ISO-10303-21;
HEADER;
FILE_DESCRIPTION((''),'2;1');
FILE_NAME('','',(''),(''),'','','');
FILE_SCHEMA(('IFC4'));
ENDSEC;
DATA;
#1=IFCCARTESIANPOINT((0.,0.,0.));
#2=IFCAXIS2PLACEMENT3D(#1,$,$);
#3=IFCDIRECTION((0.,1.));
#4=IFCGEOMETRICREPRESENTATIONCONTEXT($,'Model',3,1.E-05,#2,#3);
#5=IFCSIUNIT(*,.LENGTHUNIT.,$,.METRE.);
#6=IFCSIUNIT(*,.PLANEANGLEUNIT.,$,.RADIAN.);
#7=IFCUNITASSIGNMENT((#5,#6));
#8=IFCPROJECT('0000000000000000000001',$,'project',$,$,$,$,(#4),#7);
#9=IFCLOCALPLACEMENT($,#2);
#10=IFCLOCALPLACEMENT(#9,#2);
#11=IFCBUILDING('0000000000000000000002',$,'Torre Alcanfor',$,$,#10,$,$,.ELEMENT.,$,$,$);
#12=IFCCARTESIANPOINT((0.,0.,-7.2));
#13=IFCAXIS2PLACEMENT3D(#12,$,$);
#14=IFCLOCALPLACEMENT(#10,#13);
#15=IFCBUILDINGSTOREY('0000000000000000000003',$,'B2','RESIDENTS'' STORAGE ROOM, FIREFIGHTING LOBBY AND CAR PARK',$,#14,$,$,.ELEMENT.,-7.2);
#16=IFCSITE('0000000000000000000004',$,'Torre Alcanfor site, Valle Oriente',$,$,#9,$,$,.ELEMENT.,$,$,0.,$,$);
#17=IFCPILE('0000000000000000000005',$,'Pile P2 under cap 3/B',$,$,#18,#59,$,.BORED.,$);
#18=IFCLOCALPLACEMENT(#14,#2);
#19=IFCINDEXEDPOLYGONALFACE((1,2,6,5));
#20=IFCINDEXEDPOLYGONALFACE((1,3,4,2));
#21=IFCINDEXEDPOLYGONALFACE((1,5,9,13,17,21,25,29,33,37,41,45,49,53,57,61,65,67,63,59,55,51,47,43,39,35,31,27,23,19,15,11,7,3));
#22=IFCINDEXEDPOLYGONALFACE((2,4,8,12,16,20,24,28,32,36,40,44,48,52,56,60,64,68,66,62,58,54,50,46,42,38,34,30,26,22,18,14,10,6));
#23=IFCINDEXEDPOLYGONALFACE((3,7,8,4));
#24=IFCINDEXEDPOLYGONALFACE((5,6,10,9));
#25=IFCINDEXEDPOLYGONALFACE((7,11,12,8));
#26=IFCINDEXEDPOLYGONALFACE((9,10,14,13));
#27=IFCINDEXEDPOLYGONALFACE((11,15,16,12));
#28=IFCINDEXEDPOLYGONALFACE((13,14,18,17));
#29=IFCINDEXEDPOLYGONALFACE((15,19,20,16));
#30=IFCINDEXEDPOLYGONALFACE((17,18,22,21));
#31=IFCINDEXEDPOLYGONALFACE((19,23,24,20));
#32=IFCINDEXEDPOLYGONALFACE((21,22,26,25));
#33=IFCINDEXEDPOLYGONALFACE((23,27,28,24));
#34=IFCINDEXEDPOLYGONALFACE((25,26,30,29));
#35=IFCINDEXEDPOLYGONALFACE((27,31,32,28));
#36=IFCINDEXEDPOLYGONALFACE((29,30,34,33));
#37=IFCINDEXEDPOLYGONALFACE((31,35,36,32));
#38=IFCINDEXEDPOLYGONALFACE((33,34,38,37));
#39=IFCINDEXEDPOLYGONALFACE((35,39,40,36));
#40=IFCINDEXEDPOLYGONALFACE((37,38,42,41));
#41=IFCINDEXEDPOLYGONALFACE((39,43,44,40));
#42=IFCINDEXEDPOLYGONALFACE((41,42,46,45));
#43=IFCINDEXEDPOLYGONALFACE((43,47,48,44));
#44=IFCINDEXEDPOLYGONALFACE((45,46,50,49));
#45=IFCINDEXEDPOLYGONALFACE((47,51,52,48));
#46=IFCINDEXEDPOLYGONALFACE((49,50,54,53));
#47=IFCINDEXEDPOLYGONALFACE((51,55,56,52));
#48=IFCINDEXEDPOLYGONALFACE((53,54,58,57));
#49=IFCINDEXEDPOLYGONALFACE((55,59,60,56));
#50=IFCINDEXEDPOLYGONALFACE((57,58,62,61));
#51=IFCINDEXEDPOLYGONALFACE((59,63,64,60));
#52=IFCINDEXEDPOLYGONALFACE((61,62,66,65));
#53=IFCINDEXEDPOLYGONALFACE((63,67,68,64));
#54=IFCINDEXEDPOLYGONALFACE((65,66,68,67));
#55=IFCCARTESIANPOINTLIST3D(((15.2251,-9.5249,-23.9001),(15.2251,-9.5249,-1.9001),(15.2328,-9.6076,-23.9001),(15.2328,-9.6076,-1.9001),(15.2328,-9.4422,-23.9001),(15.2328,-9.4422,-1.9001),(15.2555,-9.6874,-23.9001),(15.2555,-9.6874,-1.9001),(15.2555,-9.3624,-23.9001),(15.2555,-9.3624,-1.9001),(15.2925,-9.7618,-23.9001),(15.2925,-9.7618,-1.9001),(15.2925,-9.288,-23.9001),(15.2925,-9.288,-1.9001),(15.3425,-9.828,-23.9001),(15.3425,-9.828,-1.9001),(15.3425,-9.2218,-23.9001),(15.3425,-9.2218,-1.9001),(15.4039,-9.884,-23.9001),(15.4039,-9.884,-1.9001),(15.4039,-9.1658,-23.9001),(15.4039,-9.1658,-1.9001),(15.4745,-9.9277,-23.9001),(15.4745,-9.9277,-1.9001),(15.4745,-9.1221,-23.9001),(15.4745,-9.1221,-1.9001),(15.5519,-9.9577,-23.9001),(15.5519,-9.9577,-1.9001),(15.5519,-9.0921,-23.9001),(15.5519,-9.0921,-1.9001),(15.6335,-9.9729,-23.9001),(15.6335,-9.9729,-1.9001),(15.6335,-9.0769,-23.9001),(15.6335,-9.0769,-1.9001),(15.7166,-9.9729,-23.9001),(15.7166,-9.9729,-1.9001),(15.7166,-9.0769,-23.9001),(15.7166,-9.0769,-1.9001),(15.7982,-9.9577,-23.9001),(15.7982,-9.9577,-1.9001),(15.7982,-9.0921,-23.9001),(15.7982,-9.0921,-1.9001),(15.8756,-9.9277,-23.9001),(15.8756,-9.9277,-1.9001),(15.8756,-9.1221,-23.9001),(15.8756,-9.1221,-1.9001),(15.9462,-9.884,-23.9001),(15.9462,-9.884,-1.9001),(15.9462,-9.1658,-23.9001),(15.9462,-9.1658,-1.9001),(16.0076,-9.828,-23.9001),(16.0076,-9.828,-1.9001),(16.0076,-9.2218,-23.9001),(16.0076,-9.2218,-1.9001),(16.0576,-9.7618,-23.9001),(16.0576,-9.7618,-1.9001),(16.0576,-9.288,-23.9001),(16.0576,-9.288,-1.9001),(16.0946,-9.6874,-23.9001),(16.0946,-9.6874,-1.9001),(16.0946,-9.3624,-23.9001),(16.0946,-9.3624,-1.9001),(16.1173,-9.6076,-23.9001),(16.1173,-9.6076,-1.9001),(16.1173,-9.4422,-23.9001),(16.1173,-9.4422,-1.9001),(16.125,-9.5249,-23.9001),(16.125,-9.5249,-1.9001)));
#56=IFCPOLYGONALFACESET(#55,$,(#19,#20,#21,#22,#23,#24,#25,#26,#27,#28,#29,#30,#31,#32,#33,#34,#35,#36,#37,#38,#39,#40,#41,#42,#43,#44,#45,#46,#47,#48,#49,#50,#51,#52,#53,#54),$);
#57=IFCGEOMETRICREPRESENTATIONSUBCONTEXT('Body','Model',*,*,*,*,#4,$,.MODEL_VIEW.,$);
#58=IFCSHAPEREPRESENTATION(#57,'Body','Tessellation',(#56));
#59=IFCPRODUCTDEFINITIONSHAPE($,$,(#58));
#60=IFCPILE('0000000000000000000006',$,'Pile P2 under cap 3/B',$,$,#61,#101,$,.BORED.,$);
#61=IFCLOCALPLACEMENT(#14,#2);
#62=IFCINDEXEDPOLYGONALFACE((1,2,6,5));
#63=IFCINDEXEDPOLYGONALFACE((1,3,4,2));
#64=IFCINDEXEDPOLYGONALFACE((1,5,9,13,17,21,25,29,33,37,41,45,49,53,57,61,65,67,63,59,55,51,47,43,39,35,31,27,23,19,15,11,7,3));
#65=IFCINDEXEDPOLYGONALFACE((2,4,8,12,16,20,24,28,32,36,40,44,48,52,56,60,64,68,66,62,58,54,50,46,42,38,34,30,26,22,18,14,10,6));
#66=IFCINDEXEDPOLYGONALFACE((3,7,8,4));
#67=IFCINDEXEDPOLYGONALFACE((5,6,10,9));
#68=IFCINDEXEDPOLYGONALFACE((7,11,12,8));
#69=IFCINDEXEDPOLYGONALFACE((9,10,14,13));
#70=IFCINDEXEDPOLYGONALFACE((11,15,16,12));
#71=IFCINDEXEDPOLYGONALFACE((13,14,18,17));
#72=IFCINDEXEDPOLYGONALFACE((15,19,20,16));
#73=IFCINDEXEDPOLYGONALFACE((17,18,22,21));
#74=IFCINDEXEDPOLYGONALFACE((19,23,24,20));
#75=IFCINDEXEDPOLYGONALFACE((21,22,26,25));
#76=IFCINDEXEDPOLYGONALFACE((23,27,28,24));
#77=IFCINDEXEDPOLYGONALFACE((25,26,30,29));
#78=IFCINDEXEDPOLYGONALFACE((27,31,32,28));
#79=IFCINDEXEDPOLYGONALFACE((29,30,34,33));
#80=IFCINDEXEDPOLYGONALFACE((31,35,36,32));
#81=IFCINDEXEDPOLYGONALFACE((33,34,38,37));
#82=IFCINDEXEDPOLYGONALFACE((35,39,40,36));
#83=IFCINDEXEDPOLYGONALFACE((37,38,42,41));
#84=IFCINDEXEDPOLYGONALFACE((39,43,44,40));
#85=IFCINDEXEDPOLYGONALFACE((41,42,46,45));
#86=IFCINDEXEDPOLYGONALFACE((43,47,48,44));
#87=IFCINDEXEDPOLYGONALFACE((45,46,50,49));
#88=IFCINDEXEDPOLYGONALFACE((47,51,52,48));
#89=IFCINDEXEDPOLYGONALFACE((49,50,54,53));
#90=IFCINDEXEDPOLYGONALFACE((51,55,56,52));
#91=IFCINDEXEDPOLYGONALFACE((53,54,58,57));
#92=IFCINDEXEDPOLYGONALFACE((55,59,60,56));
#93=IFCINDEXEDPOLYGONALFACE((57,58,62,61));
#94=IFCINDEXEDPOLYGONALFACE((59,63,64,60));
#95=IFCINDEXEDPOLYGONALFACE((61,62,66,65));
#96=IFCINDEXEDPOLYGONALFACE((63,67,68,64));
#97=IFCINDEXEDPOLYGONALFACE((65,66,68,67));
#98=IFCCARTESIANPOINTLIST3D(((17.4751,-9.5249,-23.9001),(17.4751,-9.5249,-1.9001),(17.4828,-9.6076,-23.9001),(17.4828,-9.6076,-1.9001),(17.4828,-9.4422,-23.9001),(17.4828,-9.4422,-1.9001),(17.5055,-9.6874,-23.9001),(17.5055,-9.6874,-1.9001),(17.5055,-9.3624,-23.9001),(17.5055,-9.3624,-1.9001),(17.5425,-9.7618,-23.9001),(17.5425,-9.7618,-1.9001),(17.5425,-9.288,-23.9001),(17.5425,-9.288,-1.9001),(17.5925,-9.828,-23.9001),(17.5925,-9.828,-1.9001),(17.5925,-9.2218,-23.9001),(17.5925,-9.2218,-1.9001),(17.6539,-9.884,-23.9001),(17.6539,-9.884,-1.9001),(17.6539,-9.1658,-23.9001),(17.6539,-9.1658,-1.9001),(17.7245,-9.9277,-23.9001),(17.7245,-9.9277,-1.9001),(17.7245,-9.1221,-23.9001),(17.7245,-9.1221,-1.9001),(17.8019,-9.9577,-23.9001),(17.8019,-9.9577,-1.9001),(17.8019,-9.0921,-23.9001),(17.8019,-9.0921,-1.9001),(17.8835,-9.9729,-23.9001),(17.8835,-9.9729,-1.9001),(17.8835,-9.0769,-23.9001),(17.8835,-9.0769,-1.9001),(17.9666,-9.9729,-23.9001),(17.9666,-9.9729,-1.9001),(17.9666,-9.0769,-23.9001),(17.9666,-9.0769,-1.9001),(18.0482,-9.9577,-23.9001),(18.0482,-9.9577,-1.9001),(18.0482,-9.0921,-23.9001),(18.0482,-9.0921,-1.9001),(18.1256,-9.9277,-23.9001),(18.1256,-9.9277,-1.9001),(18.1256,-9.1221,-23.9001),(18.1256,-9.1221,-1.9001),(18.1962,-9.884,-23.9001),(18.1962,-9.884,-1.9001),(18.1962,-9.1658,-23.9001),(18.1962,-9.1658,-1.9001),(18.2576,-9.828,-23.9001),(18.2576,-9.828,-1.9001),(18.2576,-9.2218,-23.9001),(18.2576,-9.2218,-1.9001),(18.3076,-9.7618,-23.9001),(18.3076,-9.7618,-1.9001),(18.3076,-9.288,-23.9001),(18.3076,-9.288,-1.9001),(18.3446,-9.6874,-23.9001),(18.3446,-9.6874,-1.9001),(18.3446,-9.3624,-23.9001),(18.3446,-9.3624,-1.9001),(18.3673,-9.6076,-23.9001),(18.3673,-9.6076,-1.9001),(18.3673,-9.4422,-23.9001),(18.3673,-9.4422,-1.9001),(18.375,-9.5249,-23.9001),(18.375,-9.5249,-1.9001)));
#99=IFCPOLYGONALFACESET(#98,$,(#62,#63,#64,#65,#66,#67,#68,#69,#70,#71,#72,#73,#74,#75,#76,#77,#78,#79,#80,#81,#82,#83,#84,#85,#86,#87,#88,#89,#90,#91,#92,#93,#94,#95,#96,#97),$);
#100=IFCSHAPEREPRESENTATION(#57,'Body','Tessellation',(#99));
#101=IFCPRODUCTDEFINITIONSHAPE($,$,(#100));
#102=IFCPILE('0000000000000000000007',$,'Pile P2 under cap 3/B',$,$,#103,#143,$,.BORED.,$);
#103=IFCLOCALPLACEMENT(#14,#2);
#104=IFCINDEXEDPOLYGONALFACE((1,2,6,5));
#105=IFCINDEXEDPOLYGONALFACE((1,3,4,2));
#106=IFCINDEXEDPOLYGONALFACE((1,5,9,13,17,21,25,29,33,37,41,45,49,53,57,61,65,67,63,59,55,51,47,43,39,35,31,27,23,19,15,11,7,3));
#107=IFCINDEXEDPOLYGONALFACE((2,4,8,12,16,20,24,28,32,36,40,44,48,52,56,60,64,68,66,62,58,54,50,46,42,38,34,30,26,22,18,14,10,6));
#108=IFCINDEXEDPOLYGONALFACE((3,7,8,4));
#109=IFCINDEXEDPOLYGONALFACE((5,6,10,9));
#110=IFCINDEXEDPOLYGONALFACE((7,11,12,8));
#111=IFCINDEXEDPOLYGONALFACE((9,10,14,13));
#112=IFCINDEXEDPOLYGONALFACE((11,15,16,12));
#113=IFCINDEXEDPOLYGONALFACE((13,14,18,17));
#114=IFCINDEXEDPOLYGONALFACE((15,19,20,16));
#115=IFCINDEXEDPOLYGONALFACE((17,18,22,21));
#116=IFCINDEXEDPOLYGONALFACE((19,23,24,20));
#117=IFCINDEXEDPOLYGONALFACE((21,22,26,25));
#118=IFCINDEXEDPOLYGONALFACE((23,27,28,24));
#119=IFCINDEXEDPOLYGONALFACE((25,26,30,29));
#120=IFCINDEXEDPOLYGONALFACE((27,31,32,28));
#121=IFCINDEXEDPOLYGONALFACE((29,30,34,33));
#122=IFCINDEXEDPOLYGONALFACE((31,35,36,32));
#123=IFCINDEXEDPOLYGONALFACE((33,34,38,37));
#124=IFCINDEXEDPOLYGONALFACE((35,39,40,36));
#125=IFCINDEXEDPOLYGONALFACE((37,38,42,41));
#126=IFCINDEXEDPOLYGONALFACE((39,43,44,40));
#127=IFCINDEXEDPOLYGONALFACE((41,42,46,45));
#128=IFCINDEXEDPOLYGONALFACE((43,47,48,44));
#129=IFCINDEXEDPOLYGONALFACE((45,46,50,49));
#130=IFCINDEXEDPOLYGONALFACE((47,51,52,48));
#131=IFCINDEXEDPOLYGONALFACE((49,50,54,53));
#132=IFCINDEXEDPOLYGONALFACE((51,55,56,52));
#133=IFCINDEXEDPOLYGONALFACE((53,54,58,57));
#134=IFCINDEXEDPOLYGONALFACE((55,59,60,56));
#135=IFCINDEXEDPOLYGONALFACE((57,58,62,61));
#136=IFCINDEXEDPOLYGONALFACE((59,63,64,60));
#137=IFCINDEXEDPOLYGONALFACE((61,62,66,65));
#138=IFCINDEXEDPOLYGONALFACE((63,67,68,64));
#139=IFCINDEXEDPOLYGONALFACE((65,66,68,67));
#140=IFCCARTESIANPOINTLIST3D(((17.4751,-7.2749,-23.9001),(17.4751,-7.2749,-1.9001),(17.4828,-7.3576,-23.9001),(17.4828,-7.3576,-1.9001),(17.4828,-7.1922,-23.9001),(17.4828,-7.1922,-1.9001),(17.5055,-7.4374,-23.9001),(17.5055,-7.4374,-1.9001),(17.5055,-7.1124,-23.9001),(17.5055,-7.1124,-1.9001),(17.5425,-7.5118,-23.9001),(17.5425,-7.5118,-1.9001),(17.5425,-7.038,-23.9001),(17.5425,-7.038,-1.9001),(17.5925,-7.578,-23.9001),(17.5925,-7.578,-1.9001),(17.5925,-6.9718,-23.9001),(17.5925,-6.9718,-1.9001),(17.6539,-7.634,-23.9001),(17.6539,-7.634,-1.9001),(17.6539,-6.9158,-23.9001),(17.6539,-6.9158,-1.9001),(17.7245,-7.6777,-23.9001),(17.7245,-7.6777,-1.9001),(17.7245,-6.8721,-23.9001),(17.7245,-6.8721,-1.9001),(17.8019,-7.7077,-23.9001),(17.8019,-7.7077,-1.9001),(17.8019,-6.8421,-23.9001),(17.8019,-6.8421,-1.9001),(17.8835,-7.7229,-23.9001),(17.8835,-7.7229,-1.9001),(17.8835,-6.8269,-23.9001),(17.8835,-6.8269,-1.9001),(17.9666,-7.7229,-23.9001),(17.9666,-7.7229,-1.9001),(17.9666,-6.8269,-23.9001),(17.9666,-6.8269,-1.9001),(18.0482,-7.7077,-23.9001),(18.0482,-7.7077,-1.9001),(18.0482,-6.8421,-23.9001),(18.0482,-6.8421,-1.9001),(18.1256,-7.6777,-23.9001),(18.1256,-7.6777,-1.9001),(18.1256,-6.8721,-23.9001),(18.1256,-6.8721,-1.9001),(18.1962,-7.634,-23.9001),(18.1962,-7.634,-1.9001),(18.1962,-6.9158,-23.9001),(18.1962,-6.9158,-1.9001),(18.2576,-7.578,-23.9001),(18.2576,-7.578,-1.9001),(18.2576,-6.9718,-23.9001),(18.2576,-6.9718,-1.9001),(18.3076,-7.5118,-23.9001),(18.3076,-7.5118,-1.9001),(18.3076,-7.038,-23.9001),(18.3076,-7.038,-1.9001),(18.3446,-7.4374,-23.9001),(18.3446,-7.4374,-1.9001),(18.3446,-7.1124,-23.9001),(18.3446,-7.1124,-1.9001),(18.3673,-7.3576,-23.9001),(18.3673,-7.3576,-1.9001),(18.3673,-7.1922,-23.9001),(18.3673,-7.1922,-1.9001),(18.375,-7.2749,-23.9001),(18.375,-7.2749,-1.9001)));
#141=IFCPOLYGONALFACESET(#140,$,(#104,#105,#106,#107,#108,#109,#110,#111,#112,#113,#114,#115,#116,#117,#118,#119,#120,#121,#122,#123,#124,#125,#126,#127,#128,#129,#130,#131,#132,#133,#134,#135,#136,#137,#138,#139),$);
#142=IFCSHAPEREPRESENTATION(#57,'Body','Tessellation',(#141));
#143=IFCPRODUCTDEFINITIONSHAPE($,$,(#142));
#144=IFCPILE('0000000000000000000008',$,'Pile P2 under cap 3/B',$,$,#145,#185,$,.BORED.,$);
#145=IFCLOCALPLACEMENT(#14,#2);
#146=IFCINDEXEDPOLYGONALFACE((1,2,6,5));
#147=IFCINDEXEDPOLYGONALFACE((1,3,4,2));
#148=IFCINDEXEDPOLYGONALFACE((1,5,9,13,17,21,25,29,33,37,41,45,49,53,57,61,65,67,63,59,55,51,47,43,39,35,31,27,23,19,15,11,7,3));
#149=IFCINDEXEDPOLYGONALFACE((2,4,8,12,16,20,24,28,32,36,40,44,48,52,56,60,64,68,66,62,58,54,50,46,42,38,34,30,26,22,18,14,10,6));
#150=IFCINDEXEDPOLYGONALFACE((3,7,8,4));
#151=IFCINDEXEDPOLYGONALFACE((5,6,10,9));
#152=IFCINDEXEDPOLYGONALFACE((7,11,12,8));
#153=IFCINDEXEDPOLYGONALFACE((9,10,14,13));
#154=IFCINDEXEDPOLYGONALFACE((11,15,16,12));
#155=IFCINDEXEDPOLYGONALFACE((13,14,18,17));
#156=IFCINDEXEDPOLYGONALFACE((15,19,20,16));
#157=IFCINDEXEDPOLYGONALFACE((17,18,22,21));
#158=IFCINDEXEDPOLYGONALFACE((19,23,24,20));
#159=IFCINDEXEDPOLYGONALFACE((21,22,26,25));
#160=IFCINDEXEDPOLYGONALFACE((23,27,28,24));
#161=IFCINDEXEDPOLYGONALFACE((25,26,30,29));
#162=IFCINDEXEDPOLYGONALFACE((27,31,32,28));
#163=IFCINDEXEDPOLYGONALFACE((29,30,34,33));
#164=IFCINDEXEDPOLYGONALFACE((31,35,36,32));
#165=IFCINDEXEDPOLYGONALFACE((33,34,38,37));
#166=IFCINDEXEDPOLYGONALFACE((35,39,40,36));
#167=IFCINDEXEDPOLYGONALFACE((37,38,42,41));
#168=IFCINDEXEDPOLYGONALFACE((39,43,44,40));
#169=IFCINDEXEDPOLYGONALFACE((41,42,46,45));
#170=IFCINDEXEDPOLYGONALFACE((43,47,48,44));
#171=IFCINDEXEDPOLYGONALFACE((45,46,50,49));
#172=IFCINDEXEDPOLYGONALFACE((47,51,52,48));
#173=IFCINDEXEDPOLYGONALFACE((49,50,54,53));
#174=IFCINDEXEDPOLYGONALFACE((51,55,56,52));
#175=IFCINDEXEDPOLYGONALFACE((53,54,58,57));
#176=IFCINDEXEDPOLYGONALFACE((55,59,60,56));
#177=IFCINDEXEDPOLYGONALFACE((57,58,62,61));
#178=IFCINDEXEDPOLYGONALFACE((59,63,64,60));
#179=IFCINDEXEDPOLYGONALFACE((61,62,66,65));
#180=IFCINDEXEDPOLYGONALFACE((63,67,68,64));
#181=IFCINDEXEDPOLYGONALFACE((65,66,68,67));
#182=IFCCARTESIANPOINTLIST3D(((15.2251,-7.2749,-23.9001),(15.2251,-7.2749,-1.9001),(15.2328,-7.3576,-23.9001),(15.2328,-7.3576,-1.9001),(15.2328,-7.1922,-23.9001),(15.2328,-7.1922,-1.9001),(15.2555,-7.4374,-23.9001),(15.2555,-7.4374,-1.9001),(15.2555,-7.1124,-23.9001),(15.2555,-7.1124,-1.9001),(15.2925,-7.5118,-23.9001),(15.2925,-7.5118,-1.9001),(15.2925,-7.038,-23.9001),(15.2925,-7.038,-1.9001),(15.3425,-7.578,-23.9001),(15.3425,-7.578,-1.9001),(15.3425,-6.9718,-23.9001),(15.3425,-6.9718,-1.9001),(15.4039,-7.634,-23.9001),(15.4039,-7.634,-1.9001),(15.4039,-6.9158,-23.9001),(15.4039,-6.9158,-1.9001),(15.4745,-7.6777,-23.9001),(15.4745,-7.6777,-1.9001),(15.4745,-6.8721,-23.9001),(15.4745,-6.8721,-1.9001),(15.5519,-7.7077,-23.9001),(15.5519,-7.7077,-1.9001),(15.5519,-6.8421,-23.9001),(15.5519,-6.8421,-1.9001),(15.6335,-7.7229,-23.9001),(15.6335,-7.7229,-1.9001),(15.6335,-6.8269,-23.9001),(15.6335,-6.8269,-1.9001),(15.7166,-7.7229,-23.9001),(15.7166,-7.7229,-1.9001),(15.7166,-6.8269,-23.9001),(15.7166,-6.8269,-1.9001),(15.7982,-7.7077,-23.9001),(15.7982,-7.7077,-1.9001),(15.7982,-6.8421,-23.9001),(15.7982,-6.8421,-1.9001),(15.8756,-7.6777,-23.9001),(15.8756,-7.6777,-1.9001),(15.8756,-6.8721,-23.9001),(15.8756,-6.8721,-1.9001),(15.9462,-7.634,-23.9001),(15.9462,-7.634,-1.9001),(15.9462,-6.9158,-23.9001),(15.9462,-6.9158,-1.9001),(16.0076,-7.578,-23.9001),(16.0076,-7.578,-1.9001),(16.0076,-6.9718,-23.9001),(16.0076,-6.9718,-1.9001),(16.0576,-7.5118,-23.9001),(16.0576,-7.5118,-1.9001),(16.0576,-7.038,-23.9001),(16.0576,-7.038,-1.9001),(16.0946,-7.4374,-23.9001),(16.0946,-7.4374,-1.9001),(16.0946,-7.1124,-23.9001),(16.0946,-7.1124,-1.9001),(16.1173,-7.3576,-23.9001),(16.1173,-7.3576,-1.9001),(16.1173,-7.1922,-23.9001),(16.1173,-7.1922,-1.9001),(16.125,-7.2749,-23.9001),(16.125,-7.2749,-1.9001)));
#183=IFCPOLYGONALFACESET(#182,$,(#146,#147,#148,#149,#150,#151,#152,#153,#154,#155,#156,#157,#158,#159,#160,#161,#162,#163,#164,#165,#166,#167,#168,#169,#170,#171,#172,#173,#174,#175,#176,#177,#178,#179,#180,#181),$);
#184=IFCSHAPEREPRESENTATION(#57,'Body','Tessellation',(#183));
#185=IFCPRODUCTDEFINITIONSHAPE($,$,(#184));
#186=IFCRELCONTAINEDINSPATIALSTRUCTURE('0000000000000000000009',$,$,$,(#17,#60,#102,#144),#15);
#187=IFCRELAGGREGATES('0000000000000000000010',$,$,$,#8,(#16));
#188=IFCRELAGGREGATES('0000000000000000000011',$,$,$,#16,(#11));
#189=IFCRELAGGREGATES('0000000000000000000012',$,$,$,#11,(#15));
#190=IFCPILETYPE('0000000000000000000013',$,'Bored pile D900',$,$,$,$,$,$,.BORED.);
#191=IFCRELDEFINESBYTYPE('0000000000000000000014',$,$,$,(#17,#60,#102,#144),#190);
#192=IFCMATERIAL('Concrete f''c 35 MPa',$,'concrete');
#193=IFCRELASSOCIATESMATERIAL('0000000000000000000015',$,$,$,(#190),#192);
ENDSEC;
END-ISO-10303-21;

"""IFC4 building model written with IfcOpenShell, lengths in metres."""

from ifc_helpers import new_model, si_unit, direction, frame, origin, origin_2d, place, context, subcontext, project, spatial, circle, extrude, material, material_profile, profile_set, type_object, element, save


model = new_model("IFC4")

# Units and contexts
model_context = context("Model", 3, precision=1e-05, world=origin(), true_north=direction((0.0, 1.0)))
body_context = subcontext(model_context, "Body", "Model", "MODEL_VIEW")
ifc_project = project(units=[si_unit("LENGTHUNIT", "METRE"), si_unit("PLANEANGLEUNIT", "RADIAN")], contexts=[model_context])

# Site, building, storey
site_placement = place(None, origin())
site = spatial("IfcSite", under=ifc_project, at=site_placement, Name="Torre Alcanfor site, Valle Oriente", CompositionType="ELEMENT", RefElevation=0.0)
building_placement = place(site_placement, origin())
building = spatial("IfcBuilding", under=site, at=building_placement, Name="Torre Alcanfor", CompositionType="ELEMENT")
storey_placement = place(building_placement, frame((0.0, 0.0, -7.2)))
storey = spatial("IfcBuildingStorey", under=building, at=storey_placement, Name="B2", Description="RESIDENTS' STORAGE ROOM, FIREFIGHTING LOBBY AND CAR PARK", CompositionType="ELEMENT", Elevation=-7.2)

# Piles
ifc_material_1 = material(Name="Concrete f'c 35 MPa", Category="concrete")
ifc_material_profile_1 = material_profile(ifc_material_1, circle(Radius=0.45, at=origin_2d()), Name="D900")
ifc_profile_set_1 = profile_set([ifc_material_profile_1], Name="Concrete f'c 35 MPa")
pile_type = type_object("IfcPileType", Name="Bored pile D900", PredefinedType="BORED", material=ifc_profile_set_1)
for number, where, z_axis, x_axis, name in (
    (1, (15.675, -9.5249, -1.9001), (0.0, 0.0, -1.0), (1.0, 0.0, 0.0), "Pile P2 under cap 3/B"),
    (2, (17.925, -9.5249, -1.9001), (0.0, 0.0, -1.0), (1.0, 0.0, 0.0), "Pile P2 under cap 3/B"),
    (3, (17.925, -7.2749, -1.9001), (0.0, 0.0, -1.0), (1.0, 0.0, 0.0), "Pile P2 under cap 3/B"),
    (4, (15.675, -7.2749, -1.9001), (0.0, 0.0, -1.0), (1.0, 0.0, 0.0), "Pile P2 under cap 3/B"),
):
    element("IfcPile", number, at=place(storey_placement, frame(where, z_axis=z_axis, x_axis=x_axis)), inside=storey, type_object=pile_type, Name=name, PredefinedType="BORED", context=body_context, shape_type="SweptSolid", body=[
        extrude(circle(Radius=0.45, at=origin_2d()), origin(), (0.0, 0.0, 1.0), 22.0),
    ])

save(model, "model.ifc")
